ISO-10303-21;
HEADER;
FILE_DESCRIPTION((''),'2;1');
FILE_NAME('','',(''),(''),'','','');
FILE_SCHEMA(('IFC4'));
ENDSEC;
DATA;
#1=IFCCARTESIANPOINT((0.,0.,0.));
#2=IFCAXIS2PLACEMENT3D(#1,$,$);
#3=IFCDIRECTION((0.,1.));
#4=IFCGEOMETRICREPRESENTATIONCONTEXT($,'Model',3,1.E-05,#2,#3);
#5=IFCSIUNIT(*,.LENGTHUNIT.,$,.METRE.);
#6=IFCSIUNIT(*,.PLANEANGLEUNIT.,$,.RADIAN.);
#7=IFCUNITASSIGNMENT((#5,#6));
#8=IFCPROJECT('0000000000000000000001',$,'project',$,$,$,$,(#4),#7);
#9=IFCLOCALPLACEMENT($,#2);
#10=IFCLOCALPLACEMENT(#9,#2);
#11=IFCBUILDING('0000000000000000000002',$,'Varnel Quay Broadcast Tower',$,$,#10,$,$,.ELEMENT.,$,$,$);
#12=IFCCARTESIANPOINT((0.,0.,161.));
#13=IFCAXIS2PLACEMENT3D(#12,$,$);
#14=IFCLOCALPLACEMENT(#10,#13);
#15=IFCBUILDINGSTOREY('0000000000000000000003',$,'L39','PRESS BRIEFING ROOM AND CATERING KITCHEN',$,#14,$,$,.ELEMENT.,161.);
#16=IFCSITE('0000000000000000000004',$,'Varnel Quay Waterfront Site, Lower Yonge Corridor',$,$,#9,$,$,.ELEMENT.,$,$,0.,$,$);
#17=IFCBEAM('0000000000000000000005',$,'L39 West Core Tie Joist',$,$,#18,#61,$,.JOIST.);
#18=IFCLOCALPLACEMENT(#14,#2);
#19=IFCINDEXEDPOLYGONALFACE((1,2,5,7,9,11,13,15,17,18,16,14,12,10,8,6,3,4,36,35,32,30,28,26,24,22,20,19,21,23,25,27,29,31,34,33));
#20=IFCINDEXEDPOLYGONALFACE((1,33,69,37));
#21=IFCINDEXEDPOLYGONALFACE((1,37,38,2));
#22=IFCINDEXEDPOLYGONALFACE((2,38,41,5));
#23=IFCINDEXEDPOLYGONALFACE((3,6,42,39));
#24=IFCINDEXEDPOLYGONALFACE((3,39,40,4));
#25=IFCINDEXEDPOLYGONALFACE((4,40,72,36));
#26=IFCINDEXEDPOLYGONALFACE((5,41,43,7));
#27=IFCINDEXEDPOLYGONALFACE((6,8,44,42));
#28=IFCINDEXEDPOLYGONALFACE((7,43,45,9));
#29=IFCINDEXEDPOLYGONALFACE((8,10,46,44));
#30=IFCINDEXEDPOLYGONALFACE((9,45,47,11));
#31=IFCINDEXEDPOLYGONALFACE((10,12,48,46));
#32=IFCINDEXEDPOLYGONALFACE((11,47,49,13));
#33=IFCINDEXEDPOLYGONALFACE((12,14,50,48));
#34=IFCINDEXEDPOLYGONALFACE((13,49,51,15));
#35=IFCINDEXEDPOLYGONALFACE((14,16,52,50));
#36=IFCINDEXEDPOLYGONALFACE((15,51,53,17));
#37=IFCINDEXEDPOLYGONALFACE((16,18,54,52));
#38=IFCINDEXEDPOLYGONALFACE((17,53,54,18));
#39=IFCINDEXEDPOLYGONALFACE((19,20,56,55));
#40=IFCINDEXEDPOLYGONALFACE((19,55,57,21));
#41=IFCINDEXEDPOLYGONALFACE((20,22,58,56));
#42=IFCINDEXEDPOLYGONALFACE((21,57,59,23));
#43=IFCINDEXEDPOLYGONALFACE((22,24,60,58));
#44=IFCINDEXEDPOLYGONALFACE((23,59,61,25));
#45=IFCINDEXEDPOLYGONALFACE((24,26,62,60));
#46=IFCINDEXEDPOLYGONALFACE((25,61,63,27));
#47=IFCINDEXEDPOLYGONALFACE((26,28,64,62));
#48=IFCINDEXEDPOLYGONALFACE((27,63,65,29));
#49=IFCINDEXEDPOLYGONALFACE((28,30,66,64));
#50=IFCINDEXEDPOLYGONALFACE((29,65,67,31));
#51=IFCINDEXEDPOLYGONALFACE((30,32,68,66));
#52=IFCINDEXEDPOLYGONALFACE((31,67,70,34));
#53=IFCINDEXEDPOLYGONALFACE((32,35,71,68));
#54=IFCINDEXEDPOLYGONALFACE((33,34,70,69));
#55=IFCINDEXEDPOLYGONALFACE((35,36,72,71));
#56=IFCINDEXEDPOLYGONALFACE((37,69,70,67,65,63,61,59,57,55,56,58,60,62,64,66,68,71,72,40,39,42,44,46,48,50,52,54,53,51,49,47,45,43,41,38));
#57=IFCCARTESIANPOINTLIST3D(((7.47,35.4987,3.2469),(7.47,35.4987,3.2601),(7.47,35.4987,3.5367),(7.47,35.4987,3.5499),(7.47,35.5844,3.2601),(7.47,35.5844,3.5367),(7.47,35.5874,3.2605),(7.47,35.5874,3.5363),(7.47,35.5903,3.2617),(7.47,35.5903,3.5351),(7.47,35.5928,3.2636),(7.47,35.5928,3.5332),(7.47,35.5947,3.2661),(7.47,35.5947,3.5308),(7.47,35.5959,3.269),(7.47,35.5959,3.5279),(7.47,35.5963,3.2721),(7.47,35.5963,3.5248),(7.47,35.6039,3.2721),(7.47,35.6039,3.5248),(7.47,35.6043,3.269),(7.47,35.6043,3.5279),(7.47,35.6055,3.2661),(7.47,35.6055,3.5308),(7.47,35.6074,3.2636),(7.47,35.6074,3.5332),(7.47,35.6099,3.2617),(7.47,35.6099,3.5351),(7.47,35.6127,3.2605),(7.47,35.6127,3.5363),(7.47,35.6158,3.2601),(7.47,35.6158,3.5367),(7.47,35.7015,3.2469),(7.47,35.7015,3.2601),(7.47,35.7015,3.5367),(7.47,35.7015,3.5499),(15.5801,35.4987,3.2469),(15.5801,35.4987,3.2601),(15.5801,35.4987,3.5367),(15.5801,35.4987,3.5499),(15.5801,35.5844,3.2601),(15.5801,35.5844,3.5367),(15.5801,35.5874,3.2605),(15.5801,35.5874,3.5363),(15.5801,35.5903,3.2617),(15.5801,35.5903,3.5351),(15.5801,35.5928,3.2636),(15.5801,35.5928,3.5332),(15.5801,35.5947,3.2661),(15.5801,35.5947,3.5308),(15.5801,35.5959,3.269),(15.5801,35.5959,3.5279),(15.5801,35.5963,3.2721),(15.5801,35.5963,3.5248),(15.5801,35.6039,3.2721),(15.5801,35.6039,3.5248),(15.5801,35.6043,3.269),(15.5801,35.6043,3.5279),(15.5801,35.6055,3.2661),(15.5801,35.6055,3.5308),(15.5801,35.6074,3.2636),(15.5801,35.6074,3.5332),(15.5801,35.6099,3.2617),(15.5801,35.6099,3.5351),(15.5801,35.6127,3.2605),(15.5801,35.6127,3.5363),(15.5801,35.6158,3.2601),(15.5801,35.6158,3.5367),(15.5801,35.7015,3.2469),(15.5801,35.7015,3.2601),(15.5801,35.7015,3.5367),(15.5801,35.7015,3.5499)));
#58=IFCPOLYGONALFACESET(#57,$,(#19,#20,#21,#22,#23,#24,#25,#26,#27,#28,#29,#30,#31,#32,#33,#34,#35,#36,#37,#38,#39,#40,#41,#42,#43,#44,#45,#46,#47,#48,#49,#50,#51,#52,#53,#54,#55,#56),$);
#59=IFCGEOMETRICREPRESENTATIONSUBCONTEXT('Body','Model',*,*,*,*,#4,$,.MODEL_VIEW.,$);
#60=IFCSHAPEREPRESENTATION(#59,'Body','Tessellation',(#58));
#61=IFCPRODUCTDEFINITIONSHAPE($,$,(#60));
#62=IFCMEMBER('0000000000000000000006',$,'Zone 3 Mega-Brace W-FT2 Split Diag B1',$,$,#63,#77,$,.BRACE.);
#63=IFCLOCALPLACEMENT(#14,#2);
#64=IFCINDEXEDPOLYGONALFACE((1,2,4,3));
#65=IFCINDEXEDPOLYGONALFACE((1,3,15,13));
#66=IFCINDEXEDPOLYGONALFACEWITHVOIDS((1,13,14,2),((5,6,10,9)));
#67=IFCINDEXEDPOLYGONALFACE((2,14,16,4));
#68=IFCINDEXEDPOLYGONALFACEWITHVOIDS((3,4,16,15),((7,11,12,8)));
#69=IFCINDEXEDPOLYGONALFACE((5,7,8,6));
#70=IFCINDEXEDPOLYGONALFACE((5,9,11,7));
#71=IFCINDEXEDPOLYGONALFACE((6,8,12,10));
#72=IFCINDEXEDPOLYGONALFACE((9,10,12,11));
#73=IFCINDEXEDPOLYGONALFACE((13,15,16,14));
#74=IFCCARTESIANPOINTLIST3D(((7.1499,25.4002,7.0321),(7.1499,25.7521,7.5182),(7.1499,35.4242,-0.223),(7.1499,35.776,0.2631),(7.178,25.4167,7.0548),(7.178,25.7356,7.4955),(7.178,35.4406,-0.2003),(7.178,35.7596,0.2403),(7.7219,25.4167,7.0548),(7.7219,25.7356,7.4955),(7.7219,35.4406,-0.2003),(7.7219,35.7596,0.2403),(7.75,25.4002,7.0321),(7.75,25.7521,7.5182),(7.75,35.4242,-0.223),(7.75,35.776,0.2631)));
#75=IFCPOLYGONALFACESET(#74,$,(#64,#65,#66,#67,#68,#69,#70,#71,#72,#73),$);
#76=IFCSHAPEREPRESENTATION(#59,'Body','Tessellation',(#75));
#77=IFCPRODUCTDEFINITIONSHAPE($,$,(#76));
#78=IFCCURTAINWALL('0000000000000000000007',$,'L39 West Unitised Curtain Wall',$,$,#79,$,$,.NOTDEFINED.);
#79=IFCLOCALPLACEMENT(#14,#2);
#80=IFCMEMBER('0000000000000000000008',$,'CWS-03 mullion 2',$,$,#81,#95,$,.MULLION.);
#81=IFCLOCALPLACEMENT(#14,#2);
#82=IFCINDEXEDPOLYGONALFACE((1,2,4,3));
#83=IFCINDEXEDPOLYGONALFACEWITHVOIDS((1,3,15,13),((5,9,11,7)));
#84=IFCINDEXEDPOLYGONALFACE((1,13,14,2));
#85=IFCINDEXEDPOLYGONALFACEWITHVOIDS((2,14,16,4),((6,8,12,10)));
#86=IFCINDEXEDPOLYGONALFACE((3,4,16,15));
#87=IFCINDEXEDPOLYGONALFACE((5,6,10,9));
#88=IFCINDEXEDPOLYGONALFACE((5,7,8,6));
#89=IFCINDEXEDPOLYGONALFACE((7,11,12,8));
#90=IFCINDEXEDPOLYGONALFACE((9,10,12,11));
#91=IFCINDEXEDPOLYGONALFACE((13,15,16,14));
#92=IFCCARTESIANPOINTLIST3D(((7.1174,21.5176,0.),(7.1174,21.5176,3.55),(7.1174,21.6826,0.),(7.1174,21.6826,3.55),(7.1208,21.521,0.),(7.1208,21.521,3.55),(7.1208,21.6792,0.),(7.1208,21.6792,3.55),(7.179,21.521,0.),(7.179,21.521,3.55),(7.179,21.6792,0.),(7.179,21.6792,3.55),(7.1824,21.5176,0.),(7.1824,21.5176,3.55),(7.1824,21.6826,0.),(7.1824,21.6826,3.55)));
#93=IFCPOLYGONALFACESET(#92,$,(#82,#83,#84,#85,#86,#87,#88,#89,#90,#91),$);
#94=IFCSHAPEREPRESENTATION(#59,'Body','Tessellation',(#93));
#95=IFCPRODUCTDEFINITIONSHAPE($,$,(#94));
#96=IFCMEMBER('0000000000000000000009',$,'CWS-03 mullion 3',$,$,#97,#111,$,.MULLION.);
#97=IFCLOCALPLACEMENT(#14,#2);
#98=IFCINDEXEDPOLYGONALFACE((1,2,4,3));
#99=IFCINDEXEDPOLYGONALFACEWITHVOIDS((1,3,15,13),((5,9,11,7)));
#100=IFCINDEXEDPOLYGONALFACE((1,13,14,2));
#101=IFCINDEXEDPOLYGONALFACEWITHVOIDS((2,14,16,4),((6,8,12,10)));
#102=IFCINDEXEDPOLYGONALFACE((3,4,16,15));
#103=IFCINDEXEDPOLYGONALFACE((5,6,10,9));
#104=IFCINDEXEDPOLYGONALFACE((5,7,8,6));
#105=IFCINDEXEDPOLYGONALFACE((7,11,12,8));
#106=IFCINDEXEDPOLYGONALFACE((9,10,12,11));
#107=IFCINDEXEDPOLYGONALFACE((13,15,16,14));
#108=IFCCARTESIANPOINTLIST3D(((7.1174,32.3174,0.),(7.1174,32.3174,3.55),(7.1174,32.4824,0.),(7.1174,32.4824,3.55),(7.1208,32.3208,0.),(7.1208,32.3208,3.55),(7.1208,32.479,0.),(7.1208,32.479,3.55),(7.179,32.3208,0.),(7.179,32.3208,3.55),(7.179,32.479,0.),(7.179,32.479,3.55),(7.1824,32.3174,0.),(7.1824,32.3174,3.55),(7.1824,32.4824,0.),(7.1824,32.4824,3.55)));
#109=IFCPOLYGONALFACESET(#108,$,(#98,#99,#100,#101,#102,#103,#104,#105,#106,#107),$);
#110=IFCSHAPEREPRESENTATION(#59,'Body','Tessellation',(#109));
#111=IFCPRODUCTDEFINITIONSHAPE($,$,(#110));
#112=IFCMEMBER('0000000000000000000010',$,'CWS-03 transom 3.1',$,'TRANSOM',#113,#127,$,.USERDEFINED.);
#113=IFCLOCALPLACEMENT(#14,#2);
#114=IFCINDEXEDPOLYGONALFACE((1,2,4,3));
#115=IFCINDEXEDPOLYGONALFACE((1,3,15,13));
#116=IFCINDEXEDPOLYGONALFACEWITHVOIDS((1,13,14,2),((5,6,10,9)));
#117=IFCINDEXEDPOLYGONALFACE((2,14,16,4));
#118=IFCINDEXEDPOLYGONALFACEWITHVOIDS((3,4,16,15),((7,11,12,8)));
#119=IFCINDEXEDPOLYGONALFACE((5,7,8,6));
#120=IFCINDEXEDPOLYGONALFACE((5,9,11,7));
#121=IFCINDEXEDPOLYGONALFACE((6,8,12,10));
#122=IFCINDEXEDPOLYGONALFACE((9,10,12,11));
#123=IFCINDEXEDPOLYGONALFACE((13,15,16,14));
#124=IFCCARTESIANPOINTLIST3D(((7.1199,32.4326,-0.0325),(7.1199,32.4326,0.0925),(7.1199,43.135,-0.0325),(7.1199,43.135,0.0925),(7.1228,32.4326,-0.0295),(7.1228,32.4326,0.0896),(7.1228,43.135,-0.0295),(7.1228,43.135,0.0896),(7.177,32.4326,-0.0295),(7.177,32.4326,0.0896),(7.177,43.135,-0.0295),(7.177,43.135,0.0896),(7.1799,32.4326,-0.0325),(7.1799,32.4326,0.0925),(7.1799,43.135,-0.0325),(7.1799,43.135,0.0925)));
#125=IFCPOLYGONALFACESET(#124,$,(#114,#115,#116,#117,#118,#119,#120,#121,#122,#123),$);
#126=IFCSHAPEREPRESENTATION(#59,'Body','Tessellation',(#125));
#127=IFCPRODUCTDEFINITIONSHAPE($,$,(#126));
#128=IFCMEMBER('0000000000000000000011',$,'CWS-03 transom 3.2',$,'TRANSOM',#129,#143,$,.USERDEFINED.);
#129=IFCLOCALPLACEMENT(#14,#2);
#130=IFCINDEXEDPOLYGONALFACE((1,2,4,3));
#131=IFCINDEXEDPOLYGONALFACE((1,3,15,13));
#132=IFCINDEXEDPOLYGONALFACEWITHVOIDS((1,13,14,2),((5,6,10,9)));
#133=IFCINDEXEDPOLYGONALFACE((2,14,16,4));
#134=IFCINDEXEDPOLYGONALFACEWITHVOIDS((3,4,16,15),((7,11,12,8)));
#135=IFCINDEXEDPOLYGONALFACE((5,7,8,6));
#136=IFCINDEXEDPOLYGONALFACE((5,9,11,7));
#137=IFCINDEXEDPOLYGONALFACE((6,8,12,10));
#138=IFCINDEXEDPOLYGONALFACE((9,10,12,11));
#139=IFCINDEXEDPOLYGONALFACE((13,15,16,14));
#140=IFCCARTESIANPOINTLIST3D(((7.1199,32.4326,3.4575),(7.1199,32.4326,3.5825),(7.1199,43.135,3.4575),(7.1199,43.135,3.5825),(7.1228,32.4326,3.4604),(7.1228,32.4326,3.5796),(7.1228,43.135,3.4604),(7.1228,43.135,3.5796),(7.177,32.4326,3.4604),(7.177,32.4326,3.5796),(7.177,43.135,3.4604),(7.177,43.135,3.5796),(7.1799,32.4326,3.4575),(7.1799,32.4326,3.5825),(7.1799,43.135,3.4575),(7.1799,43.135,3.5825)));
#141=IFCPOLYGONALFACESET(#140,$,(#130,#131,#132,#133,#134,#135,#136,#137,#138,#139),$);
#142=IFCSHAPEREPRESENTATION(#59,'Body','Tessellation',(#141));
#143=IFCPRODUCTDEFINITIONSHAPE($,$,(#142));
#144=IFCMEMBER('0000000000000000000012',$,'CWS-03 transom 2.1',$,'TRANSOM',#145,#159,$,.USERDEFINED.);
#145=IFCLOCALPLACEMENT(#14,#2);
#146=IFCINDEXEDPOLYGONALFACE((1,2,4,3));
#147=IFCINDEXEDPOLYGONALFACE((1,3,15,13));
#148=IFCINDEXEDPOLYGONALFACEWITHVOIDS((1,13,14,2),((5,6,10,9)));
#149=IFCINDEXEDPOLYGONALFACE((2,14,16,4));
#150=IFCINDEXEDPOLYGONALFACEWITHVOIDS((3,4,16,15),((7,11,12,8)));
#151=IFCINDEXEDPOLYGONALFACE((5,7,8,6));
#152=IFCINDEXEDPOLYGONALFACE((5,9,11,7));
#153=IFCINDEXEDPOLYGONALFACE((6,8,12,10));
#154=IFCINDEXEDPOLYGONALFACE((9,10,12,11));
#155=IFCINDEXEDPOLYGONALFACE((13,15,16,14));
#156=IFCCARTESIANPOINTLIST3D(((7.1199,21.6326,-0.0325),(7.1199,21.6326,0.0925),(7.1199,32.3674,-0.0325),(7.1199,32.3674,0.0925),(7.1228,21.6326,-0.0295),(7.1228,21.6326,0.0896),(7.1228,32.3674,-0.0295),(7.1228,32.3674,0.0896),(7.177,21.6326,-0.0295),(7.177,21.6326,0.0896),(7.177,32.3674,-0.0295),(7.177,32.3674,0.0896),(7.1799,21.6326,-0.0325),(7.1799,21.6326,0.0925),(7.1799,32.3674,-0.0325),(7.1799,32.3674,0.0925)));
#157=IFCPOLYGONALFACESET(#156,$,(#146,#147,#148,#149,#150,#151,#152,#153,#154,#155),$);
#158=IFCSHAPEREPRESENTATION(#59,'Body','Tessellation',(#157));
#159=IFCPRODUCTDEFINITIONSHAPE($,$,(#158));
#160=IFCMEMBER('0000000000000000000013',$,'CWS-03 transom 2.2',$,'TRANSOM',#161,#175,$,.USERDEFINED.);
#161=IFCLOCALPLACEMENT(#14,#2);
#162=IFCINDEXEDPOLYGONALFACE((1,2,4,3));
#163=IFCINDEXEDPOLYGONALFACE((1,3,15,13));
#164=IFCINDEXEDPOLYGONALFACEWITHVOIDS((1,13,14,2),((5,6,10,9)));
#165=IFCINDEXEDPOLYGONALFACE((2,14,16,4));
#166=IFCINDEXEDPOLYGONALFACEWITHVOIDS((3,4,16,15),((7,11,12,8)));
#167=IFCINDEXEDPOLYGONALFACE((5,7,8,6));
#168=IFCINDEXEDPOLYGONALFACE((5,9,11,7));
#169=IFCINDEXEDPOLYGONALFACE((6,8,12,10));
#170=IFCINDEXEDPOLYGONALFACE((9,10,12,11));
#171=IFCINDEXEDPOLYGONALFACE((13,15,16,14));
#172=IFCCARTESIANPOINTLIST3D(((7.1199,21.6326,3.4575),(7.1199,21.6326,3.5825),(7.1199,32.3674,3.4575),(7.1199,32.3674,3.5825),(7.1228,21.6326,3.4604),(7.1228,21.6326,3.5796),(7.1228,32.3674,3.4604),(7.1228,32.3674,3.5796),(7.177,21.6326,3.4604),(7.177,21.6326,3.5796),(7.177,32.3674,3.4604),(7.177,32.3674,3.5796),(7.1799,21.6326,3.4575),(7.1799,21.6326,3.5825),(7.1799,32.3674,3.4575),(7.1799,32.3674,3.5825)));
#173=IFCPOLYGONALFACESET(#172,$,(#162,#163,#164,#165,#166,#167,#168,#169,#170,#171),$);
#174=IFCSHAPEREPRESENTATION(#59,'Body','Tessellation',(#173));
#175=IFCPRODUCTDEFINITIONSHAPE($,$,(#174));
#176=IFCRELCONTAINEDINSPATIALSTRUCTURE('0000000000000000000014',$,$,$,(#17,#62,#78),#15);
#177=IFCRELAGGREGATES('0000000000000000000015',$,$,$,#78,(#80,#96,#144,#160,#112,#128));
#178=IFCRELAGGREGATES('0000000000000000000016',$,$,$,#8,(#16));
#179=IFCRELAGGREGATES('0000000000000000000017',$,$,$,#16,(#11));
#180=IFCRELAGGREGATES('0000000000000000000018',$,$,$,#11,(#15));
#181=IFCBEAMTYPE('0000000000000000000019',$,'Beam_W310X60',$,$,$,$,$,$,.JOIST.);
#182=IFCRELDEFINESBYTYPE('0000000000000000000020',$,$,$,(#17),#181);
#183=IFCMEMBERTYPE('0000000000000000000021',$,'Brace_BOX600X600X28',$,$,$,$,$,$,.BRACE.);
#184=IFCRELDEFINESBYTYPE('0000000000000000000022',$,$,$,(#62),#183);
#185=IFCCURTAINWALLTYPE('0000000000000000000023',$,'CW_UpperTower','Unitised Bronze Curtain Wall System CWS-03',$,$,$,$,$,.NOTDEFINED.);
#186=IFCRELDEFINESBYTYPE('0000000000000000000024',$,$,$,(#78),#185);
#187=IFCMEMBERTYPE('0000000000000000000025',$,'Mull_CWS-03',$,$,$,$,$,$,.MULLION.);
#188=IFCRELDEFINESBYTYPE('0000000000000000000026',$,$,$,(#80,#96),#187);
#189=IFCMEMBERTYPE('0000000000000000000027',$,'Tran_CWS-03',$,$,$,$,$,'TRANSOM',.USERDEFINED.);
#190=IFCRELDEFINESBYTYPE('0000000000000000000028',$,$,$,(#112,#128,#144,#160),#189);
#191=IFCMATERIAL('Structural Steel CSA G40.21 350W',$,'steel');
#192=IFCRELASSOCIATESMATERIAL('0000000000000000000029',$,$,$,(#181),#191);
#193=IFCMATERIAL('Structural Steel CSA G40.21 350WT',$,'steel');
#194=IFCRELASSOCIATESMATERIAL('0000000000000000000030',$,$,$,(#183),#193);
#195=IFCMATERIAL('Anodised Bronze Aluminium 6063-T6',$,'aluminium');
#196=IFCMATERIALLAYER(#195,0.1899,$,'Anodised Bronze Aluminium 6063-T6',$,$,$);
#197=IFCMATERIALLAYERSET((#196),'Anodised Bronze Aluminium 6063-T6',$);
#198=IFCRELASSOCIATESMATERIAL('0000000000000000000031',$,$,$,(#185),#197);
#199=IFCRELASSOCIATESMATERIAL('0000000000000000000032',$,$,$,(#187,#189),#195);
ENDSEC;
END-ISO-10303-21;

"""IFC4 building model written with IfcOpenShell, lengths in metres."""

from ifc_helpers import new_model, si_unit, direction, frame, origin, origin_2d, place, context, subcontext, project, spatial, hollow_rectangle, i_section, extrude, source, transform, mapped, material, layer, layer_set, material_profile, profile_set, type_object, type_shapes, element, aggregate, save


model = new_model("IFC4")

# Units and contexts
model_context = context("Model", 3, precision=1e-05, world=origin(), true_north=direction((0.0, 1.0)))
body_context = subcontext(model_context, "Body", "Model", "MODEL_VIEW")
ifc_project = project(units=[si_unit("LENGTHUNIT", "METRE"), si_unit("PLANEANGLEUNIT", "RADIAN")], contexts=[model_context])

# Site, building, storey
site_placement = place(None, origin())
site = spatial("IfcSite", under=ifc_project, at=site_placement, Name="Varnel Quay Waterfront Site, Lower Yonge Corridor", CompositionType="ELEMENT", RefElevation=0.0)
building_placement = place(site_placement, origin())
building = spatial("IfcBuilding", under=site, at=building_placement, Name="Varnel Quay Broadcast Tower", CompositionType="ELEMENT")
storey_placement = place(building_placement, frame((0.0, 0.0, 161.0)))
storey = spatial("IfcBuildingStorey", under=building, at=storey_placement, Name="L39", Description="PRESS BRIEFING ROOM AND CATERING KITCHEN", CompositionType="ELEMENT", Elevation=161.0)

# Shared definitions
ifc_material_1 = material(Name="Structural Steel CSA G40.21 350W", Category="steel")

# Beam
ifc_material_profile_1 = material_profile(ifc_material_1, i_section(OverallWidth=0.2029, OverallDepth=0.303, WebThickness=0.0076, FlangeThickness=0.0132, FilletRadius=0.012, at=origin_2d()), Name="W310X60")
ifc_profile_set_1 = profile_set([ifc_material_profile_1], Name="Structural Steel CSA G40.21 350W")
beam_type_1 = type_object("IfcBeamType", Name="Beam_W310X60", PredefinedType="JOIST", material=ifc_profile_set_1)
shared_shape_1 = source(origin(), body_context, "Body", "SweptSolid", [
    extrude(i_section(OverallWidth=0.2029, OverallDepth=0.303, WebThickness=0.0076, FlangeThickness=0.0132, FilletRadius=0.012, at=origin_2d()), origin(), (0.0, 0.0, 1.0), 8.1101),
])
type_shapes(beam_type_1, [shared_shape_1])
beam_1_placement = place(storey_placement, frame((7.47, 35.6001, 3.3984), z_axis=(1.0, 0.0, 0.0), x_axis=(0.0, 1.0, 0.0)))
element("IfcBeam", 1, at=beam_1_placement, inside=storey, type_object=beam_type_1, Name="L39 West Core Tie Joist", PredefinedType="JOIST", context=body_context, shape_type="MappedRepresentation", body=[
    mapped(shared_shape_1, transform((0.0, 0.0, 0.0), x_axis=(1.0, 0.0, 0.0), y_axis=(0.0, 1.0, 0.0), z_axis=(0.0, 0.0, 1.0), scale=1.0)),
])

# Member
ifc_material_2 = material(Name="Structural Steel CSA G40.21 350WT", Category="steel")
ifc_material_profile_2 = material_profile(ifc_material_2, hollow_rectangle(XDim=0.6001, YDim=0.6001, WallThickness=0.0281, at=origin_2d()), Name="BOX600X600X28")
ifc_profile_set_2 = profile_set([ifc_material_profile_2], Name="Structural Steel CSA G40.21 350WT")
member_type_1 = type_object("IfcMemberType", Name="Brace_BOX600X600X28", PredefinedType="BRACE", material=ifc_profile_set_2)
shared_shape_2 = source(origin(), body_context, "Body", "SweptSolid", [
    extrude(hollow_rectangle(XDim=0.6001, YDim=0.6001, WallThickness=0.0281, at=origin_2d()), origin(), (0.0, 0.0, 1.0), 12.374),
])
type_shapes(member_type_1, [shared_shape_2])
member_1_placement = place(storey_placement, frame((7.45, 35.6001, 0.02), z_axis=(0.0, -0.810079, 0.58632), x_axis=(1.0, 0.0, 0.0)))
element("IfcMember", 2, at=member_1_placement, inside=storey, type_object=member_type_1, Name="Zone 3 Mega-Brace W-FT2 Split Diag B1", PredefinedType="BRACE", context=body_context, shape_type="MappedRepresentation", body=[
    mapped(shared_shape_2, transform((0.0, 0.0, 0.0), x_axis=(1.0, 0.0, 0.0), y_axis=(0.0, 1.0, 0.0), z_axis=(0.0, 0.0, 1.0), scale=1.0)),
])

# Curtain wall, members
ifc_material_3 = material(Name="Anodised Bronze Aluminium 6063-T6", Category="aluminium")
ifc_layer_1 = layer(ifc_material_3, 0.1899, Name="Anodised Bronze Aluminium 6063-T6")
ifc_layer_set_1 = layer_set([ifc_layer_1], Name="Anodised Bronze Aluminium 6063-T6")
curtain_wall_type = type_object("IfcCurtainWallType", Name="CW_UpperTower", Description="Unitised Bronze Curtain Wall System CWS-03", PredefinedType="NOTDEFINED", material=ifc_layer_set_1)
curtain_wall_placement = place(storey_placement, origin())
curtain_wall = element("IfcCurtainWall", 3, at=curtain_wall_placement, inside=storey, type_object=curtain_wall_type, Name="L39 West Unitised Curtain Wall", PredefinedType="NOTDEFINED")
ifc_material_profile_3 = material_profile(ifc_material_3, hollow_rectangle(XDim=0.0649, YDim=0.165, WallThickness=0.0034, at=origin_2d()), Name="ALU65X165X3.5")
ifc_profile_set_3 = profile_set([ifc_material_profile_3], Name="Anodised Bronze Aluminium 6063-T6")
member_type_2 = type_object("IfcMemberType", Name="Mull_CWS-03", PredefinedType="MULLION", material=ifc_profile_set_3)
shared_shape_3 = source(origin(), body_context, "Body", "SweptSolid", [
    extrude(hollow_rectangle(XDim=0.0649, YDim=0.165, WallThickness=0.0034, at=origin_2d()), origin(), (0.0, 0.0, 1.0), 3.55),
])
type_shapes(member_type_2, [shared_shape_3])
member_2_placement = place(storey_placement, frame((7.1499, 21.6001, 0.0), z_axis=(0.0, 0.0, 1.0), x_axis=(-1.0, 0.0, 0.0)))
member_2 = element("IfcMember", 4, at=member_2_placement, type_object=member_type_2, Name="CWS-03 mullion 2", PredefinedType="MULLION", context=body_context, shape_type="MappedRepresentation", body=[
    mapped(shared_shape_3, transform((0.0, 0.0, 0.0), x_axis=(1.0, 0.0, 0.0), y_axis=(0.0, 1.0, 0.0), z_axis=(0.0, 0.0, 1.0), scale=1.0)),
])
member_3_placement = place(storey_placement, frame((7.1499, 32.3999, 0.0), z_axis=(0.0, 0.0, 1.0), x_axis=(-1.0, 0.0, 0.0)))
member_3 = element("IfcMember", 5, at=member_3_placement, type_object=member_type_2, Name="CWS-03 mullion 3", PredefinedType="MULLION", context=body_context, shape_type="MappedRepresentation", body=[
    mapped(shared_shape_3, transform((0.0, 0.0, 0.0), x_axis=(1.0, 0.0, 0.0), y_axis=(0.0, 1.0, 0.0), z_axis=(0.0, 0.0, 1.0), scale=1.0)),
])
ifc_material_profile_4 = material_profile(ifc_material_3, hollow_rectangle(XDim=0.0601, YDim=0.125, WallThickness=0.0029, at=origin_2d()), Name="ALU60X125X3")
ifc_profile_set_4 = profile_set([ifc_material_profile_4], Name="Anodised Bronze Aluminium 6063-T6")
member_type_3 = type_object("IfcMemberType", Name="Tran_CWS-03", ElementType="TRANSOM", PredefinedType="USERDEFINED", material=ifc_profile_set_4)
shared_shape_4 = source(origin(), body_context, "Body", "SweptSolid", [
    extrude(hollow_rectangle(XDim=0.0601, YDim=0.125, WallThickness=0.0029, at=origin_2d()), origin(), (0.0, 0.0, 1.0), 10.7024),
])
member_4_placement = place(storey_placement, frame((7.1499, 32.4326, 0.03), z_axis=(0.0, 1.0, 0.0), x_axis=(-1.0, 0.0, 0.0)))
member_4 = element("IfcMember", 6, at=member_4_placement, type_object=member_type_3, Name="CWS-03 transom 3.1", ObjectType="TRANSOM", PredefinedType="USERDEFINED", context=body_context, shape_type="MappedRepresentation", body=[
    mapped(shared_shape_4, transform((0.0, 0.0, 0.0), x_axis=(1.0, 0.0, 0.0), y_axis=(0.0, 1.0, 0.0), z_axis=(0.0, 0.0, 1.0), scale=1.0)),
])
member_5_placement = place(storey_placement, frame((7.1499, 32.4326, 3.52), z_axis=(0.0, 1.0, 0.0), x_axis=(-1.0, 0.0, 0.0)))
member_5 = element("IfcMember", 7, at=member_5_placement, type_object=member_type_3, Name="CWS-03 transom 3.2", ObjectType="TRANSOM", PredefinedType="USERDEFINED", context=body_context, shape_type="MappedRepresentation", body=[
    mapped(shared_shape_4, transform((0.0, 0.0, 0.0), x_axis=(1.0, 0.0, 0.0), y_axis=(0.0, 1.0, 0.0), z_axis=(0.0, 0.0, 1.0), scale=1.0)),
])
shared_shape_5 = source(origin(), body_context, "Body", "SweptSolid", [
    extrude(hollow_rectangle(XDim=0.0601, YDim=0.125, WallThickness=0.0029, at=origin_2d()), origin(), (0.0, 0.0, 1.0), 10.7349),
])
type_shapes(member_type_3, [shared_shape_4, shared_shape_5])
member_6_placement = place(storey_placement, frame((7.1499, 21.6326, 0.03), z_axis=(0.0, 1.0, 0.0), x_axis=(-1.0, 0.0, 0.0)))
member_6 = element("IfcMember", 8, at=member_6_placement, type_object=member_type_3, Name="CWS-03 transom 2.1", ObjectType="TRANSOM", PredefinedType="USERDEFINED", context=body_context, shape_type="MappedRepresentation", body=[
    mapped(shared_shape_5, transform((0.0, 0.0, 0.0), x_axis=(1.0, 0.0, 0.0), y_axis=(0.0, 1.0, 0.0), z_axis=(0.0, 0.0, 1.0), scale=1.0)),
])
member_7_placement = place(storey_placement, frame((7.1499, 21.6326, 3.52), z_axis=(0.0, 1.0, 0.0), x_axis=(-1.0, 0.0, 0.0)))
member_7 = element("IfcMember", 9, at=member_7_placement, type_object=member_type_3, Name="CWS-03 transom 2.2", ObjectType="TRANSOM", PredefinedType="USERDEFINED", context=body_context, shape_type="MappedRepresentation", body=[
    mapped(shared_shape_5, transform((0.0, 0.0, 0.0), x_axis=(1.0, 0.0, 0.0), y_axis=(0.0, 1.0, 0.0), z_axis=(0.0, 0.0, 1.0), scale=1.0)),
])

aggregate(curtain_wall, [member_2, member_3, member_6, member_7, member_4, member_5])

save(model, "model.ifc")
